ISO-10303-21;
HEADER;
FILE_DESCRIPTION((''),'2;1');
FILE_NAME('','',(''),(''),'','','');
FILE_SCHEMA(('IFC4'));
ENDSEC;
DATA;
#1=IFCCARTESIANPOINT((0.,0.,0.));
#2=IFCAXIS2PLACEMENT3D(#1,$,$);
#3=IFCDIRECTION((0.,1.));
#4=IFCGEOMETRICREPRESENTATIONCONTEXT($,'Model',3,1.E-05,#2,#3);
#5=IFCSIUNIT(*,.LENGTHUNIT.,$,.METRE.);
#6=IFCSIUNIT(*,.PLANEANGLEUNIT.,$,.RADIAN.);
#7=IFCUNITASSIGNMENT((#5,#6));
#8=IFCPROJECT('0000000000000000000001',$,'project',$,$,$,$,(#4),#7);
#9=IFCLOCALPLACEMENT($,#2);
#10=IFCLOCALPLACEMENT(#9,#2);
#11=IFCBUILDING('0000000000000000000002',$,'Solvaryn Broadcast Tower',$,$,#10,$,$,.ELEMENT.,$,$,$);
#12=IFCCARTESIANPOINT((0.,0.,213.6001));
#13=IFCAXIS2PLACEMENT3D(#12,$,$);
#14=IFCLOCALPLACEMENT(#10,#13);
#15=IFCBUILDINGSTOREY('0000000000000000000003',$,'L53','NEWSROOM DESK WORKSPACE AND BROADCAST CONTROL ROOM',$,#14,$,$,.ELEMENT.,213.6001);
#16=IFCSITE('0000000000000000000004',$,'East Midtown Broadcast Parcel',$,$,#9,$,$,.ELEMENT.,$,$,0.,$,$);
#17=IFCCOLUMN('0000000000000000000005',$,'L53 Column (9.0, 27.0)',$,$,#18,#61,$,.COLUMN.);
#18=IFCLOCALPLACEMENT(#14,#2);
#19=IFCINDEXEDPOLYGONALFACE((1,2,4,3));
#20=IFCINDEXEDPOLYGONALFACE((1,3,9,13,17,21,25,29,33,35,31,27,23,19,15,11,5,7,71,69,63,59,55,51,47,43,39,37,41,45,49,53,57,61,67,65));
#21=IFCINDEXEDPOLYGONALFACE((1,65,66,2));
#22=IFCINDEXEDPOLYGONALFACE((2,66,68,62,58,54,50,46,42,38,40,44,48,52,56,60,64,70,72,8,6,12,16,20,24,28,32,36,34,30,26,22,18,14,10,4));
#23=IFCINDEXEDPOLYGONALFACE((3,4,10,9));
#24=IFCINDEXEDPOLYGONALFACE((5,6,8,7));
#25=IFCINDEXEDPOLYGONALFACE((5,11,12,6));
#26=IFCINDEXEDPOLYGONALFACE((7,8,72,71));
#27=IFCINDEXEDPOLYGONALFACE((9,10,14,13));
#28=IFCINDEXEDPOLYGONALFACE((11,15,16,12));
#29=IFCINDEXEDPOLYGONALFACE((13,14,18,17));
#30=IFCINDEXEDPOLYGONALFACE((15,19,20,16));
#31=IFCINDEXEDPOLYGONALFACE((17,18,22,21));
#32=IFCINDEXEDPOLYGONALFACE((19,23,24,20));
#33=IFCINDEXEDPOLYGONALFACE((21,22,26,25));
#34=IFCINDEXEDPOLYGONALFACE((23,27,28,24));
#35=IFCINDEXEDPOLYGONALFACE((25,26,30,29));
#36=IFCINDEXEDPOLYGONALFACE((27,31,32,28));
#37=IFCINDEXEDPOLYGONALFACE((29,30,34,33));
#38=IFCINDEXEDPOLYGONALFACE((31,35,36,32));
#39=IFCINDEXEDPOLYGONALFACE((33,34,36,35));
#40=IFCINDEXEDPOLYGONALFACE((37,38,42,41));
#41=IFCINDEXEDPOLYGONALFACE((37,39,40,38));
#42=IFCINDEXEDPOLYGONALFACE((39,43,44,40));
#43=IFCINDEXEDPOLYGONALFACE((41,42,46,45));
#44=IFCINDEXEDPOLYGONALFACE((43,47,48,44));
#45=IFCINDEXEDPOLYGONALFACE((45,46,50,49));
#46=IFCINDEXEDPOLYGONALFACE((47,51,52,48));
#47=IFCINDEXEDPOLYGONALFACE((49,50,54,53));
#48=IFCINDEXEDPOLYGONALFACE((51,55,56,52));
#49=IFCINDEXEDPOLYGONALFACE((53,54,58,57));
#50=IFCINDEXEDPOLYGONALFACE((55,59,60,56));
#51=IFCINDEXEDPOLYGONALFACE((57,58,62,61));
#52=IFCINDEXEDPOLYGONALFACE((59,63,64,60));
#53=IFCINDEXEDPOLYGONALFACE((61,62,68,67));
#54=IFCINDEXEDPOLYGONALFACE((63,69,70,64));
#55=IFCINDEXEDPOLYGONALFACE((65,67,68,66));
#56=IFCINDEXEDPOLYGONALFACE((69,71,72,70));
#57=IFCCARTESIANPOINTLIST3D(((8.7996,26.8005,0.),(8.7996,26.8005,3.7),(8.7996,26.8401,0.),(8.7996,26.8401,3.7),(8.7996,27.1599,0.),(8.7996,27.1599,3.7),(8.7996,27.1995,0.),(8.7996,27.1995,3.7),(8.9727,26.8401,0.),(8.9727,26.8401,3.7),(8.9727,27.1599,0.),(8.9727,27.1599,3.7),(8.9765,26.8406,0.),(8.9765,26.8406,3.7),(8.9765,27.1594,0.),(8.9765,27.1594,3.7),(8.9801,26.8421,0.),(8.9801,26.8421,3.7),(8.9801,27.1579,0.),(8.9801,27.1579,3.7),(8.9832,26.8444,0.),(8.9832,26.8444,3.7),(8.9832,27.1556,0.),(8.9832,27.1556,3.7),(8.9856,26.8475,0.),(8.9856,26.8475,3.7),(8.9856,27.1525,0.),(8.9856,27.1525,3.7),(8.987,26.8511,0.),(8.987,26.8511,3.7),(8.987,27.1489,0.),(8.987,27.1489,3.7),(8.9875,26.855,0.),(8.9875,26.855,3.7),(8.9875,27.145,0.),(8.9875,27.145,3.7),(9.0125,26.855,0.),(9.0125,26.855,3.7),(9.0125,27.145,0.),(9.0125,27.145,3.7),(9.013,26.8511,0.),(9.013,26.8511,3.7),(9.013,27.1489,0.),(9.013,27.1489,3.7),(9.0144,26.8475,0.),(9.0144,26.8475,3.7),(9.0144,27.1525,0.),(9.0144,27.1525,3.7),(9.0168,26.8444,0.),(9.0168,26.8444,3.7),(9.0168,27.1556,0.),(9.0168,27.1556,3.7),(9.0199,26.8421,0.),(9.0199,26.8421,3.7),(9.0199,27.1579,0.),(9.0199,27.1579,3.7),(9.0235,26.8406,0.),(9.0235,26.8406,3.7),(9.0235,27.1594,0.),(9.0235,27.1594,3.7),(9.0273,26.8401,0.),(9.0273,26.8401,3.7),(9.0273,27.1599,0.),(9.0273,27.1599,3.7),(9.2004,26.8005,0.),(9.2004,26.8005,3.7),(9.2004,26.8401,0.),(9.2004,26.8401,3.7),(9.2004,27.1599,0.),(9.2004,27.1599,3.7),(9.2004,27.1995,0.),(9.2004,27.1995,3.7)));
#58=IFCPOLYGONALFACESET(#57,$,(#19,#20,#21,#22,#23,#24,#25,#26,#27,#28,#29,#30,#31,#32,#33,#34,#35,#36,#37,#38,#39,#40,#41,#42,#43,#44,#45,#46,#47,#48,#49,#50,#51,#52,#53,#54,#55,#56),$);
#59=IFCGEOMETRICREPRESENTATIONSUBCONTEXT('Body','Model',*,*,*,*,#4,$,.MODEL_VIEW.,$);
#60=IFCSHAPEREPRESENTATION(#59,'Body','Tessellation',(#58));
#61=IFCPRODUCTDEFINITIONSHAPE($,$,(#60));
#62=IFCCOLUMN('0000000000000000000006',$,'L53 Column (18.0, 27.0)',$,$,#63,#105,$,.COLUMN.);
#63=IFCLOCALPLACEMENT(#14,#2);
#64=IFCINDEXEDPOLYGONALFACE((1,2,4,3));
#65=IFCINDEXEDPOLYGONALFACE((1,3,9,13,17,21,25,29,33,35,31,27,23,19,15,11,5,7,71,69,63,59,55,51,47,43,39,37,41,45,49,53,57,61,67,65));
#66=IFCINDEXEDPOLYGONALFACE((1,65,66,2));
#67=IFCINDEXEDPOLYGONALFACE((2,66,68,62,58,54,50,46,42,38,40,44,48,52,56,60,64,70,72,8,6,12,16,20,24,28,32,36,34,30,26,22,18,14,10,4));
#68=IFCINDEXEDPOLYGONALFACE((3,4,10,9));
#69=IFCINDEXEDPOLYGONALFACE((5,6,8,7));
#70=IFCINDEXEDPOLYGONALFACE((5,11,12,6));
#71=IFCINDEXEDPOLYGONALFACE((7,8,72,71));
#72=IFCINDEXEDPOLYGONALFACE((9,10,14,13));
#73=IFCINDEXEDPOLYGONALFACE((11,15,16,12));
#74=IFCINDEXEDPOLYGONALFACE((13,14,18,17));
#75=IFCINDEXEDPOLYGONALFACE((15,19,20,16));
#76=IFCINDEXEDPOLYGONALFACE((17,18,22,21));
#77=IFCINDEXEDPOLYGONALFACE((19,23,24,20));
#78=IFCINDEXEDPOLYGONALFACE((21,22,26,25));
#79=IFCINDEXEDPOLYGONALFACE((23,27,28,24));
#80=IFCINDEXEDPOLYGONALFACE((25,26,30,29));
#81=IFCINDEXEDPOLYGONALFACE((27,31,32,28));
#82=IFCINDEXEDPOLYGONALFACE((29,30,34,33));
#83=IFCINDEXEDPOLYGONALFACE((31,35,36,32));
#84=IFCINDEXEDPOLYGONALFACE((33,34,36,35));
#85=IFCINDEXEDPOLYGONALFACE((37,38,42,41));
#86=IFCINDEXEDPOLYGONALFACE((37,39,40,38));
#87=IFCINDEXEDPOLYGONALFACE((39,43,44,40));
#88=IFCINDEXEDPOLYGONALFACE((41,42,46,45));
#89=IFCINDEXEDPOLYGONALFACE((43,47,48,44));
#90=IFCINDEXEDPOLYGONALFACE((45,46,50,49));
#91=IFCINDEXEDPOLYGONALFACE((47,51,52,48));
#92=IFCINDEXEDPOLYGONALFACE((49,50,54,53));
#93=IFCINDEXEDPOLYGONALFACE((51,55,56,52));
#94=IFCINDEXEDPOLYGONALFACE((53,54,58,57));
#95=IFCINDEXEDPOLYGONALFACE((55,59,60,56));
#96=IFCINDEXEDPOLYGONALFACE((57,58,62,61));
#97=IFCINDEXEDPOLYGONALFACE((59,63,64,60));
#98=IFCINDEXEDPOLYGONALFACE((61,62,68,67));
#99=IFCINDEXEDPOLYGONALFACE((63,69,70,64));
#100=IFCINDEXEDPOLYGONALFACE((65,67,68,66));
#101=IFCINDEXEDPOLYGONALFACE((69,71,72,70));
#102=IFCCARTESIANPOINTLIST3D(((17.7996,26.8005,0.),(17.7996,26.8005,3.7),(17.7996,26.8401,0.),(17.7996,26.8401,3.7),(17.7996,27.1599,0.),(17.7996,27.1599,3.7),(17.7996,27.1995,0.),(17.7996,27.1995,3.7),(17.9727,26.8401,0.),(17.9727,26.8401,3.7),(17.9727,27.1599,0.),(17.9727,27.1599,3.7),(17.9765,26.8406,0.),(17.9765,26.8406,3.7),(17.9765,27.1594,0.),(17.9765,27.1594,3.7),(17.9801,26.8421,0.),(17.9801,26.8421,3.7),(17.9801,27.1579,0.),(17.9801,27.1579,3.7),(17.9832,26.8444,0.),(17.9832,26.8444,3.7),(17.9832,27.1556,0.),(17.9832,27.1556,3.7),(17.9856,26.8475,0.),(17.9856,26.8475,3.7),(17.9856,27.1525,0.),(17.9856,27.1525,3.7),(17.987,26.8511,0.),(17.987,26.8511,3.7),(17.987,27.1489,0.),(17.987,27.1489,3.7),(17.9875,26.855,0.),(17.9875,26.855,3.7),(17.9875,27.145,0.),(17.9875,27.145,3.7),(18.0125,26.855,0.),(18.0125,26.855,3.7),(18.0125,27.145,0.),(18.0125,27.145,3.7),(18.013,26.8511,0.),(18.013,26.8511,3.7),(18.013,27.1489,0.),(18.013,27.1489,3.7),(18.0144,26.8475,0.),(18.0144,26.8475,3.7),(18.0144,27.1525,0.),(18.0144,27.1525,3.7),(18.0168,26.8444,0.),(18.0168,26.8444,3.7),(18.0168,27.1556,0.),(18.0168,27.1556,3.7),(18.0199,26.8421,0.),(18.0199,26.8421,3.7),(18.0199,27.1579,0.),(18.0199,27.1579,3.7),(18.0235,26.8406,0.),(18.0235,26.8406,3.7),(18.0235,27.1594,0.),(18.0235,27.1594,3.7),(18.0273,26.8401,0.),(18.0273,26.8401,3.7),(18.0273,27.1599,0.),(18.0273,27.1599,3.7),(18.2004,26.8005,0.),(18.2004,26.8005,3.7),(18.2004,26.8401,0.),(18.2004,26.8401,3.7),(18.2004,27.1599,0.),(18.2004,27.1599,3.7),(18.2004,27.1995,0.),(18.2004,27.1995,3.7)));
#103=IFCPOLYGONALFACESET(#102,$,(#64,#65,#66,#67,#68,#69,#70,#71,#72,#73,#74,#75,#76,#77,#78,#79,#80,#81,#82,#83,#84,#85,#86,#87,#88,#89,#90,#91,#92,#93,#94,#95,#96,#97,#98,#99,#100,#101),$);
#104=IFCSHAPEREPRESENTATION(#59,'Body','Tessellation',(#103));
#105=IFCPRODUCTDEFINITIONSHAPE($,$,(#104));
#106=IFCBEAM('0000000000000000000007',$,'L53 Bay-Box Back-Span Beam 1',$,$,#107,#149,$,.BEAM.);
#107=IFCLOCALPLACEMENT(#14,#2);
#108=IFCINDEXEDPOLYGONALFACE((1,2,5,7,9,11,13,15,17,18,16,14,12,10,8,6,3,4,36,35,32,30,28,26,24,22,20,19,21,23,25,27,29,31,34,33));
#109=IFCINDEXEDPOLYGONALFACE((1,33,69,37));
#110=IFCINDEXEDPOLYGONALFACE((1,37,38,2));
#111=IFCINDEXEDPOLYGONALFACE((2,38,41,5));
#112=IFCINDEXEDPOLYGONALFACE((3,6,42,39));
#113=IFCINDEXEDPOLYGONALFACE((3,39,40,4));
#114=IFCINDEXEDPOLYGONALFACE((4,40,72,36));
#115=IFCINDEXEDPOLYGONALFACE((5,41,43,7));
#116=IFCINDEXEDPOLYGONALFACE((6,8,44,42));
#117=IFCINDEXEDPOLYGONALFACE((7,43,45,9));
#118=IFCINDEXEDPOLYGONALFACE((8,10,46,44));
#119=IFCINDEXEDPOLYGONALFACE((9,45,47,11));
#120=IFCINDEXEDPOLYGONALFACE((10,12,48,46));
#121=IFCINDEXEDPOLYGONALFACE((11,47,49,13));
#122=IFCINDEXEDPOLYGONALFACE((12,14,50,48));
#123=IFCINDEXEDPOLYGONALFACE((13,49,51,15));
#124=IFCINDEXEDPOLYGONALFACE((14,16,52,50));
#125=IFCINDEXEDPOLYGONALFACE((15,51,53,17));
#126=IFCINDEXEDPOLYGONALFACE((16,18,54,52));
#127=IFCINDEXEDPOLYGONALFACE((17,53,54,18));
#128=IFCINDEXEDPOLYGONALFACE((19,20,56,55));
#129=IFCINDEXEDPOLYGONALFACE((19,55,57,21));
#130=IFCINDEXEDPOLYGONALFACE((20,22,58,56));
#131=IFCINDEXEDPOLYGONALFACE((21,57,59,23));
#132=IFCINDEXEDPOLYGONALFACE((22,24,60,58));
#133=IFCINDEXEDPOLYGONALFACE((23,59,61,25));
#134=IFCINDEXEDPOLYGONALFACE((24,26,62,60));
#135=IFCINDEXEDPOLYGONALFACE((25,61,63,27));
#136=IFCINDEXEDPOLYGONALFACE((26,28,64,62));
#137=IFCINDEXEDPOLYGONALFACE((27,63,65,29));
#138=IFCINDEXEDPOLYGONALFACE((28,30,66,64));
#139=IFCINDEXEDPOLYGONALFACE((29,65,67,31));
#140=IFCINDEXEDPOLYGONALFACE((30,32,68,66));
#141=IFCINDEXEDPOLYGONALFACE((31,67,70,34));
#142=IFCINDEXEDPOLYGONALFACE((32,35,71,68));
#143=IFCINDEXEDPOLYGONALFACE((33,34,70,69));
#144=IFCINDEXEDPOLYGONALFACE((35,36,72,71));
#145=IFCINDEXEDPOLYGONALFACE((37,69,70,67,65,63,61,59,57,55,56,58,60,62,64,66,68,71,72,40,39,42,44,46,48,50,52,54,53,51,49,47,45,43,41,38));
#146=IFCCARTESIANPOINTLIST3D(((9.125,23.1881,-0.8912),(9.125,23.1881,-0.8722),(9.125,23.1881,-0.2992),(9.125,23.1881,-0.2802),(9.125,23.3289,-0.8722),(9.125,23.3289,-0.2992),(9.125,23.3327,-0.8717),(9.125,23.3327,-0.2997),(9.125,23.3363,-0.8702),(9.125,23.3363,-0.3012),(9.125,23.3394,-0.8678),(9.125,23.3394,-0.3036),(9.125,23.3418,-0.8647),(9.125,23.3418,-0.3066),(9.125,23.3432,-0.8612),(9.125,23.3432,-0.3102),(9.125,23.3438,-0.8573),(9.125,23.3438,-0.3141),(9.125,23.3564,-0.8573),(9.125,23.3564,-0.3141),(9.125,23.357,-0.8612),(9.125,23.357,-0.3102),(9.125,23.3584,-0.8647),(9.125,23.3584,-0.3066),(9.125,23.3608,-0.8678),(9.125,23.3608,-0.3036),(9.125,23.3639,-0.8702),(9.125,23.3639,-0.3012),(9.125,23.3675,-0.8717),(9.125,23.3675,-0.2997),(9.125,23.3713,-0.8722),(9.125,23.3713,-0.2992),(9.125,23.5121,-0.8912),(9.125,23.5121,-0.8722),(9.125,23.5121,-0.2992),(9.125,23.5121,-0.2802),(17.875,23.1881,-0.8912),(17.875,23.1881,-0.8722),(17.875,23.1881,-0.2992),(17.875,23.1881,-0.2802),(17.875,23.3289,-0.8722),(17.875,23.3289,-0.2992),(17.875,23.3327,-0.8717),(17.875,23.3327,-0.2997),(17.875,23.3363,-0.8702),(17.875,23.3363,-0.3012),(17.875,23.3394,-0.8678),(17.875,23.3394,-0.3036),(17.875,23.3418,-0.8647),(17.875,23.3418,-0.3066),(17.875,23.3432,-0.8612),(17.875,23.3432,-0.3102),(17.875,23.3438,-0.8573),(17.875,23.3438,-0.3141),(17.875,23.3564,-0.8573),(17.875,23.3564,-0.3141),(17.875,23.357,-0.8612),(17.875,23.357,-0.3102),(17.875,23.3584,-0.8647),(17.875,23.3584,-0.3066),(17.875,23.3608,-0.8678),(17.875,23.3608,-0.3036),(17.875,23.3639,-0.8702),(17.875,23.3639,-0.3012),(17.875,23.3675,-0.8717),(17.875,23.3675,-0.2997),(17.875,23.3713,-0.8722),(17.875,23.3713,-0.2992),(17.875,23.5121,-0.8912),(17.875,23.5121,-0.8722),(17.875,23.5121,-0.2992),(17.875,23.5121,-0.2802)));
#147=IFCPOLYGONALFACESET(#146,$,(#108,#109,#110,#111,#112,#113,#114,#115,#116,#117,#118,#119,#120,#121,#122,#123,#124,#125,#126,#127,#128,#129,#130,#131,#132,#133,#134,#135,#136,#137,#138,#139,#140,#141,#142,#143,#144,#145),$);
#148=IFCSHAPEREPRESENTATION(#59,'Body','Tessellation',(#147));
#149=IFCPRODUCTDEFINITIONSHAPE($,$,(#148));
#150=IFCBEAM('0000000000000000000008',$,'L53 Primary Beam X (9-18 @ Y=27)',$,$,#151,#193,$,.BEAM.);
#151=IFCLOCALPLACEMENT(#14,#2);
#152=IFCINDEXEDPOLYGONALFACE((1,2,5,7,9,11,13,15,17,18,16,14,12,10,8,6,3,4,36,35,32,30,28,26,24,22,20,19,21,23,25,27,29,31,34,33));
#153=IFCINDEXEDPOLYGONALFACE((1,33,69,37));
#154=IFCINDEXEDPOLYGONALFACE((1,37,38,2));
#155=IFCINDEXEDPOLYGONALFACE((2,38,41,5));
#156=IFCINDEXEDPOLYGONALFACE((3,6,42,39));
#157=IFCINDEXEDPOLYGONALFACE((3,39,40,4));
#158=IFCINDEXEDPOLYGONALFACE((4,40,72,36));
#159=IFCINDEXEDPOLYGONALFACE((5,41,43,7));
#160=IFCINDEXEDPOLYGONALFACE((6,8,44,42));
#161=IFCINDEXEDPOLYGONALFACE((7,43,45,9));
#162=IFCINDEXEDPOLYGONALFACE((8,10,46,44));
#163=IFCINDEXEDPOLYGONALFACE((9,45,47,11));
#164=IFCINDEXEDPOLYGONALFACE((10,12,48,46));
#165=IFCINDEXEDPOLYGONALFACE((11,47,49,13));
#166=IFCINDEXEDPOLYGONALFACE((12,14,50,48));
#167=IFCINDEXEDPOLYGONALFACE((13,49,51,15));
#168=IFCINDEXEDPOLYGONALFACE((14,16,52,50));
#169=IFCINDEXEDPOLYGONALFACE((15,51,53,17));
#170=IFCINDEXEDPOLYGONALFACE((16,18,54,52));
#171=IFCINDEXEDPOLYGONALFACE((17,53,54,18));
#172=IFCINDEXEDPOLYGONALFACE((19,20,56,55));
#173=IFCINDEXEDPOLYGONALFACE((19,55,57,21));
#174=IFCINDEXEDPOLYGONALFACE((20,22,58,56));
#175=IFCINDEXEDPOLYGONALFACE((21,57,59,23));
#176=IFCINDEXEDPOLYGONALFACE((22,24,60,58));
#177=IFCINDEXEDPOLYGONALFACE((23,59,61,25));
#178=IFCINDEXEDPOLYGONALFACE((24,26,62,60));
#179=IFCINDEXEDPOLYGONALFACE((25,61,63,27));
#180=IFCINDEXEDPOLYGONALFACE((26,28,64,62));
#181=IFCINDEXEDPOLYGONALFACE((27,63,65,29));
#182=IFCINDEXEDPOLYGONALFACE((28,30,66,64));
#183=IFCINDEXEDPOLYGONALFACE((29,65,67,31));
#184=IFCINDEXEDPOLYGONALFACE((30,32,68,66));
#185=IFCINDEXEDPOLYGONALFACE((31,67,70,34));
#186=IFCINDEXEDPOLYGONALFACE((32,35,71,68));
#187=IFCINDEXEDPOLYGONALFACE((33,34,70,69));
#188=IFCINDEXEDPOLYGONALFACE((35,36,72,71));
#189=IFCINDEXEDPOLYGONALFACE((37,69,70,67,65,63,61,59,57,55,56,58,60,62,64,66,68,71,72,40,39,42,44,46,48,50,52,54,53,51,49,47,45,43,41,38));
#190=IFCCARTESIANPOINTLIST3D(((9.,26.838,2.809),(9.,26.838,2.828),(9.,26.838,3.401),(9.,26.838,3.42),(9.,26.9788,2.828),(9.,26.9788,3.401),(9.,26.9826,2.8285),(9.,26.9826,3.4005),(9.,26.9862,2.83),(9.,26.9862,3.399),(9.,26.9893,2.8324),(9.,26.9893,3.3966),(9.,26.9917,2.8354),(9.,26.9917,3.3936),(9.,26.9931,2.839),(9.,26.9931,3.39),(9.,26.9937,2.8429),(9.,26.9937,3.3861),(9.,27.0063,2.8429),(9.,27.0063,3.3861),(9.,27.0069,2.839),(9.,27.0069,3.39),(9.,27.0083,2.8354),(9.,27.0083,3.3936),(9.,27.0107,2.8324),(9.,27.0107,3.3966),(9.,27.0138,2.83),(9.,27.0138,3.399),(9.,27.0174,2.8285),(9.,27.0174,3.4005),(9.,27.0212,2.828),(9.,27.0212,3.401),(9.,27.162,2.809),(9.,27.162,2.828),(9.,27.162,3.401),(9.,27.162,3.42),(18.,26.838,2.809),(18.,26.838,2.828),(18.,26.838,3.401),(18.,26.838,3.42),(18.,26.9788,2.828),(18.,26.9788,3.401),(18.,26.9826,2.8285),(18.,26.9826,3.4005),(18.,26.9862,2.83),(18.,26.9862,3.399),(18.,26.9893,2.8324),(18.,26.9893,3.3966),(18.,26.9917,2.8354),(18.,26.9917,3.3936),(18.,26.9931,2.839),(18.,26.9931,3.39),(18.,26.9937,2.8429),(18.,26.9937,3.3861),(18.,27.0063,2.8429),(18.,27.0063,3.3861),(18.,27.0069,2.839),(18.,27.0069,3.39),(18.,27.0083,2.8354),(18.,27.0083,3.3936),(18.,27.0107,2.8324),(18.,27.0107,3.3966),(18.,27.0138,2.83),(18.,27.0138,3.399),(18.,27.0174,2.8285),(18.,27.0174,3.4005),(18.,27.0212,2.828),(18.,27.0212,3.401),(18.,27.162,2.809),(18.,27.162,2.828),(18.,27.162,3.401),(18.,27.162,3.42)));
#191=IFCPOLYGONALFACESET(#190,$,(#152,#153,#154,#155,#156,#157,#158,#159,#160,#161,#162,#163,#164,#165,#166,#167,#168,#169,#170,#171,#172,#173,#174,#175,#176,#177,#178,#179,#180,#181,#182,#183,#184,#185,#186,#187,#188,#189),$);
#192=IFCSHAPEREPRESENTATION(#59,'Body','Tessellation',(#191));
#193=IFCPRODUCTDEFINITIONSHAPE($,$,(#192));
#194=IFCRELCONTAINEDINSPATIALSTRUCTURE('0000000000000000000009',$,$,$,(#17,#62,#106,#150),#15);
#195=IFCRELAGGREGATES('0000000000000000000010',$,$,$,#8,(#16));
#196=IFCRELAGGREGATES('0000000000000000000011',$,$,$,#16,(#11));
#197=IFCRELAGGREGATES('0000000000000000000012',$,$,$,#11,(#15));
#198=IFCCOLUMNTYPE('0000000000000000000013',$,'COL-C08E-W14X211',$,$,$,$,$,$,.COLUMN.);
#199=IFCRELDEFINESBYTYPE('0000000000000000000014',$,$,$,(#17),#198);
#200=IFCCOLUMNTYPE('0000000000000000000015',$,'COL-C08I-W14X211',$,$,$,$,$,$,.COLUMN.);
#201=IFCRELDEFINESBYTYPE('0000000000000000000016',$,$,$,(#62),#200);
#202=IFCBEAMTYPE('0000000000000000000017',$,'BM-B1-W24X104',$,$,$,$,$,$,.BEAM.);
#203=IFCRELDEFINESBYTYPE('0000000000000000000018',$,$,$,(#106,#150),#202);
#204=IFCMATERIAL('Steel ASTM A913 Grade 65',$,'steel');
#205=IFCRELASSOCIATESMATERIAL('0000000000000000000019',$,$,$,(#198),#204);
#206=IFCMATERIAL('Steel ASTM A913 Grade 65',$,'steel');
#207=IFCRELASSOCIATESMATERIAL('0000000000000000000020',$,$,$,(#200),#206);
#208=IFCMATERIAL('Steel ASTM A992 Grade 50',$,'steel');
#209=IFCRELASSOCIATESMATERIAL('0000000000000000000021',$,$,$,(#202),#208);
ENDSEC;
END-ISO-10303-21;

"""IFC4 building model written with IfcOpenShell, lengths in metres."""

from ifc_helpers import new_model, si_unit, direction, frame, origin, origin_2d, place, context, subcontext, project, spatial, i_section, extrude, material, material_profile, profile_set, type_object, element, save


model = new_model("IFC4")

# Units and contexts
model_context = context("Model", 3, precision=1e-05, world=origin(), true_north=direction((0.0, 1.0)))
body_context = subcontext(model_context, "Body", "Model", "MODEL_VIEW")
ifc_project = project(units=[si_unit("LENGTHUNIT", "METRE"), si_unit("PLANEANGLEUNIT", "RADIAN")], contexts=[model_context])

# Site, building, storey
site_placement = place(None, origin())
site = spatial("IfcSite", under=ifc_project, at=site_placement, Name="East Midtown Broadcast Parcel", CompositionType="ELEMENT", RefElevation=0.0)
building_placement = place(site_placement, origin())
building = spatial("IfcBuilding", under=site, at=building_placement, Name="Solvaryn Broadcast Tower", CompositionType="ELEMENT")
storey_placement = place(building_placement, frame((0.0, 0.0, 213.6001)))
storey = spatial("IfcBuildingStorey", under=building, at=storey_placement, Name="L53", Description="NEWSROOM DESK WORKSPACE AND BROADCAST CONTROL ROOM", CompositionType="ELEMENT", Elevation=213.6001)

# Columns
ifc_material_1 = material(Name="Steel ASTM A913 Grade 65", Category="steel")
ifc_material_profile_1 = material_profile(ifc_material_1, i_section(OverallWidth=0.4009, OverallDepth=0.3989, WebThickness=0.0249, FlangeThickness=0.0396, FilletRadius=0.0149, at=origin_2d()))
ifc_profile_set_1 = profile_set([ifc_material_profile_1], Name="Steel ASTM A913 Grade 65")
column_type_1 = type_object("IfcColumnType", Name="COL-C08E-W14X211", PredefinedType="COLUMN", material=ifc_profile_set_1)
column_1_placement = place(storey_placement, frame((9.0, 27.0, 0.0), z_axis=(0.0, 0.0, 1.0), x_axis=(1.0, 0.0, 0.0)))
element("IfcColumn", 1, at=column_1_placement, inside=storey, type_object=column_type_1, Name="L53 Column (9.0, 27.0)", PredefinedType="COLUMN", context=body_context, shape_type="SweptSolid", body=[
    extrude(i_section(OverallWidth=0.4009, OverallDepth=0.3989, WebThickness=0.0249, FlangeThickness=0.0396, FilletRadius=0.0149, at=origin_2d()), origin(), (0.0, 0.0, 1.0), 3.7),
])
ifc_material_2 = material(Name="Steel ASTM A913 Grade 65", Category="steel")
ifc_material_profile_2 = material_profile(ifc_material_2, i_section(OverallWidth=0.4009, OverallDepth=0.3989, WebThickness=0.0249, FlangeThickness=0.0396, FilletRadius=0.0149, at=origin_2d()))
ifc_profile_set_2 = profile_set([ifc_material_profile_2], Name="Steel ASTM A913 Grade 65")
column_type_2 = type_object("IfcColumnType", Name="COL-C08I-W14X211", PredefinedType="COLUMN", material=ifc_profile_set_2)
column_2_placement = place(storey_placement, frame((18.0, 27.0, 0.0), z_axis=(0.0, 0.0, 1.0), x_axis=(1.0, 0.0, 0.0)))
element("IfcColumn", 2, at=column_2_placement, inside=storey, type_object=column_type_2, Name="L53 Column (18.0, 27.0)", PredefinedType="COLUMN", context=body_context, shape_type="SweptSolid", body=[
    extrude(i_section(OverallWidth=0.4009, OverallDepth=0.3989, WebThickness=0.0249, FlangeThickness=0.0396, FilletRadius=0.0149, at=origin_2d()), origin(), (0.0, 0.0, 1.0), 3.7),
])

# Beams
ifc_material_3 = material(Name="Steel ASTM A992 Grade 50", Category="steel")
ifc_material_profile_3 = material_profile(ifc_material_3, i_section(OverallWidth=0.324, OverallDepth=0.6111, WebThickness=0.0127, FlangeThickness=0.019, FilletRadius=0.0149, at=origin_2d()))
ifc_profile_set_3 = profile_set([ifc_material_profile_3], Name="Steel ASTM A992 Grade 50")
beam_type_1 = type_object("IfcBeamType", Name="BM-B1-W24X104", PredefinedType="BEAM", material=ifc_profile_set_3)
beam_1_placement = place(storey_placement, frame((17.875, 23.3501, -0.5857), z_axis=(-1.0, 0.0, 0.0), x_axis=(0.0, -1.0, 0.0)))
element("IfcBeam", 3, at=beam_1_placement, inside=storey, type_object=beam_type_1, Name="L53 Bay-Box Back-Span Beam 1", PredefinedType="BEAM", context=body_context, shape_type="SweptSolid", body=[
    extrude(i_section(OverallWidth=0.324, OverallDepth=0.6111, WebThickness=0.0127, FlangeThickness=0.019, FilletRadius=0.0149, at=origin_2d()), origin(), (0.0, 0.0, 1.0), 8.75),
])
for number, where, z_axis, x_axis, name in (
    (4, (9.0, 27.0, 3.1145), (1.0, 0.0, 0.0), (0.0, 1.0, 0.0), "L53 Primary Beam X (9-18 @ Y=27)"),
):
    element("IfcBeam", number, at=place(storey_placement, frame(where, z_axis=z_axis, x_axis=x_axis)), inside=storey, type_object=beam_type_1, Name=name, PredefinedType="BEAM", context=body_context, shape_type="SweptSolid", body=[
        extrude(i_section(OverallWidth=0.324, OverallDepth=0.6111, WebThickness=0.0127, FlangeThickness=0.019, FilletRadius=0.0149, at=origin_2d()), origin(), (0.0, 0.0, 1.0), 9.0),
    ])

save(model, "model.ifc")
